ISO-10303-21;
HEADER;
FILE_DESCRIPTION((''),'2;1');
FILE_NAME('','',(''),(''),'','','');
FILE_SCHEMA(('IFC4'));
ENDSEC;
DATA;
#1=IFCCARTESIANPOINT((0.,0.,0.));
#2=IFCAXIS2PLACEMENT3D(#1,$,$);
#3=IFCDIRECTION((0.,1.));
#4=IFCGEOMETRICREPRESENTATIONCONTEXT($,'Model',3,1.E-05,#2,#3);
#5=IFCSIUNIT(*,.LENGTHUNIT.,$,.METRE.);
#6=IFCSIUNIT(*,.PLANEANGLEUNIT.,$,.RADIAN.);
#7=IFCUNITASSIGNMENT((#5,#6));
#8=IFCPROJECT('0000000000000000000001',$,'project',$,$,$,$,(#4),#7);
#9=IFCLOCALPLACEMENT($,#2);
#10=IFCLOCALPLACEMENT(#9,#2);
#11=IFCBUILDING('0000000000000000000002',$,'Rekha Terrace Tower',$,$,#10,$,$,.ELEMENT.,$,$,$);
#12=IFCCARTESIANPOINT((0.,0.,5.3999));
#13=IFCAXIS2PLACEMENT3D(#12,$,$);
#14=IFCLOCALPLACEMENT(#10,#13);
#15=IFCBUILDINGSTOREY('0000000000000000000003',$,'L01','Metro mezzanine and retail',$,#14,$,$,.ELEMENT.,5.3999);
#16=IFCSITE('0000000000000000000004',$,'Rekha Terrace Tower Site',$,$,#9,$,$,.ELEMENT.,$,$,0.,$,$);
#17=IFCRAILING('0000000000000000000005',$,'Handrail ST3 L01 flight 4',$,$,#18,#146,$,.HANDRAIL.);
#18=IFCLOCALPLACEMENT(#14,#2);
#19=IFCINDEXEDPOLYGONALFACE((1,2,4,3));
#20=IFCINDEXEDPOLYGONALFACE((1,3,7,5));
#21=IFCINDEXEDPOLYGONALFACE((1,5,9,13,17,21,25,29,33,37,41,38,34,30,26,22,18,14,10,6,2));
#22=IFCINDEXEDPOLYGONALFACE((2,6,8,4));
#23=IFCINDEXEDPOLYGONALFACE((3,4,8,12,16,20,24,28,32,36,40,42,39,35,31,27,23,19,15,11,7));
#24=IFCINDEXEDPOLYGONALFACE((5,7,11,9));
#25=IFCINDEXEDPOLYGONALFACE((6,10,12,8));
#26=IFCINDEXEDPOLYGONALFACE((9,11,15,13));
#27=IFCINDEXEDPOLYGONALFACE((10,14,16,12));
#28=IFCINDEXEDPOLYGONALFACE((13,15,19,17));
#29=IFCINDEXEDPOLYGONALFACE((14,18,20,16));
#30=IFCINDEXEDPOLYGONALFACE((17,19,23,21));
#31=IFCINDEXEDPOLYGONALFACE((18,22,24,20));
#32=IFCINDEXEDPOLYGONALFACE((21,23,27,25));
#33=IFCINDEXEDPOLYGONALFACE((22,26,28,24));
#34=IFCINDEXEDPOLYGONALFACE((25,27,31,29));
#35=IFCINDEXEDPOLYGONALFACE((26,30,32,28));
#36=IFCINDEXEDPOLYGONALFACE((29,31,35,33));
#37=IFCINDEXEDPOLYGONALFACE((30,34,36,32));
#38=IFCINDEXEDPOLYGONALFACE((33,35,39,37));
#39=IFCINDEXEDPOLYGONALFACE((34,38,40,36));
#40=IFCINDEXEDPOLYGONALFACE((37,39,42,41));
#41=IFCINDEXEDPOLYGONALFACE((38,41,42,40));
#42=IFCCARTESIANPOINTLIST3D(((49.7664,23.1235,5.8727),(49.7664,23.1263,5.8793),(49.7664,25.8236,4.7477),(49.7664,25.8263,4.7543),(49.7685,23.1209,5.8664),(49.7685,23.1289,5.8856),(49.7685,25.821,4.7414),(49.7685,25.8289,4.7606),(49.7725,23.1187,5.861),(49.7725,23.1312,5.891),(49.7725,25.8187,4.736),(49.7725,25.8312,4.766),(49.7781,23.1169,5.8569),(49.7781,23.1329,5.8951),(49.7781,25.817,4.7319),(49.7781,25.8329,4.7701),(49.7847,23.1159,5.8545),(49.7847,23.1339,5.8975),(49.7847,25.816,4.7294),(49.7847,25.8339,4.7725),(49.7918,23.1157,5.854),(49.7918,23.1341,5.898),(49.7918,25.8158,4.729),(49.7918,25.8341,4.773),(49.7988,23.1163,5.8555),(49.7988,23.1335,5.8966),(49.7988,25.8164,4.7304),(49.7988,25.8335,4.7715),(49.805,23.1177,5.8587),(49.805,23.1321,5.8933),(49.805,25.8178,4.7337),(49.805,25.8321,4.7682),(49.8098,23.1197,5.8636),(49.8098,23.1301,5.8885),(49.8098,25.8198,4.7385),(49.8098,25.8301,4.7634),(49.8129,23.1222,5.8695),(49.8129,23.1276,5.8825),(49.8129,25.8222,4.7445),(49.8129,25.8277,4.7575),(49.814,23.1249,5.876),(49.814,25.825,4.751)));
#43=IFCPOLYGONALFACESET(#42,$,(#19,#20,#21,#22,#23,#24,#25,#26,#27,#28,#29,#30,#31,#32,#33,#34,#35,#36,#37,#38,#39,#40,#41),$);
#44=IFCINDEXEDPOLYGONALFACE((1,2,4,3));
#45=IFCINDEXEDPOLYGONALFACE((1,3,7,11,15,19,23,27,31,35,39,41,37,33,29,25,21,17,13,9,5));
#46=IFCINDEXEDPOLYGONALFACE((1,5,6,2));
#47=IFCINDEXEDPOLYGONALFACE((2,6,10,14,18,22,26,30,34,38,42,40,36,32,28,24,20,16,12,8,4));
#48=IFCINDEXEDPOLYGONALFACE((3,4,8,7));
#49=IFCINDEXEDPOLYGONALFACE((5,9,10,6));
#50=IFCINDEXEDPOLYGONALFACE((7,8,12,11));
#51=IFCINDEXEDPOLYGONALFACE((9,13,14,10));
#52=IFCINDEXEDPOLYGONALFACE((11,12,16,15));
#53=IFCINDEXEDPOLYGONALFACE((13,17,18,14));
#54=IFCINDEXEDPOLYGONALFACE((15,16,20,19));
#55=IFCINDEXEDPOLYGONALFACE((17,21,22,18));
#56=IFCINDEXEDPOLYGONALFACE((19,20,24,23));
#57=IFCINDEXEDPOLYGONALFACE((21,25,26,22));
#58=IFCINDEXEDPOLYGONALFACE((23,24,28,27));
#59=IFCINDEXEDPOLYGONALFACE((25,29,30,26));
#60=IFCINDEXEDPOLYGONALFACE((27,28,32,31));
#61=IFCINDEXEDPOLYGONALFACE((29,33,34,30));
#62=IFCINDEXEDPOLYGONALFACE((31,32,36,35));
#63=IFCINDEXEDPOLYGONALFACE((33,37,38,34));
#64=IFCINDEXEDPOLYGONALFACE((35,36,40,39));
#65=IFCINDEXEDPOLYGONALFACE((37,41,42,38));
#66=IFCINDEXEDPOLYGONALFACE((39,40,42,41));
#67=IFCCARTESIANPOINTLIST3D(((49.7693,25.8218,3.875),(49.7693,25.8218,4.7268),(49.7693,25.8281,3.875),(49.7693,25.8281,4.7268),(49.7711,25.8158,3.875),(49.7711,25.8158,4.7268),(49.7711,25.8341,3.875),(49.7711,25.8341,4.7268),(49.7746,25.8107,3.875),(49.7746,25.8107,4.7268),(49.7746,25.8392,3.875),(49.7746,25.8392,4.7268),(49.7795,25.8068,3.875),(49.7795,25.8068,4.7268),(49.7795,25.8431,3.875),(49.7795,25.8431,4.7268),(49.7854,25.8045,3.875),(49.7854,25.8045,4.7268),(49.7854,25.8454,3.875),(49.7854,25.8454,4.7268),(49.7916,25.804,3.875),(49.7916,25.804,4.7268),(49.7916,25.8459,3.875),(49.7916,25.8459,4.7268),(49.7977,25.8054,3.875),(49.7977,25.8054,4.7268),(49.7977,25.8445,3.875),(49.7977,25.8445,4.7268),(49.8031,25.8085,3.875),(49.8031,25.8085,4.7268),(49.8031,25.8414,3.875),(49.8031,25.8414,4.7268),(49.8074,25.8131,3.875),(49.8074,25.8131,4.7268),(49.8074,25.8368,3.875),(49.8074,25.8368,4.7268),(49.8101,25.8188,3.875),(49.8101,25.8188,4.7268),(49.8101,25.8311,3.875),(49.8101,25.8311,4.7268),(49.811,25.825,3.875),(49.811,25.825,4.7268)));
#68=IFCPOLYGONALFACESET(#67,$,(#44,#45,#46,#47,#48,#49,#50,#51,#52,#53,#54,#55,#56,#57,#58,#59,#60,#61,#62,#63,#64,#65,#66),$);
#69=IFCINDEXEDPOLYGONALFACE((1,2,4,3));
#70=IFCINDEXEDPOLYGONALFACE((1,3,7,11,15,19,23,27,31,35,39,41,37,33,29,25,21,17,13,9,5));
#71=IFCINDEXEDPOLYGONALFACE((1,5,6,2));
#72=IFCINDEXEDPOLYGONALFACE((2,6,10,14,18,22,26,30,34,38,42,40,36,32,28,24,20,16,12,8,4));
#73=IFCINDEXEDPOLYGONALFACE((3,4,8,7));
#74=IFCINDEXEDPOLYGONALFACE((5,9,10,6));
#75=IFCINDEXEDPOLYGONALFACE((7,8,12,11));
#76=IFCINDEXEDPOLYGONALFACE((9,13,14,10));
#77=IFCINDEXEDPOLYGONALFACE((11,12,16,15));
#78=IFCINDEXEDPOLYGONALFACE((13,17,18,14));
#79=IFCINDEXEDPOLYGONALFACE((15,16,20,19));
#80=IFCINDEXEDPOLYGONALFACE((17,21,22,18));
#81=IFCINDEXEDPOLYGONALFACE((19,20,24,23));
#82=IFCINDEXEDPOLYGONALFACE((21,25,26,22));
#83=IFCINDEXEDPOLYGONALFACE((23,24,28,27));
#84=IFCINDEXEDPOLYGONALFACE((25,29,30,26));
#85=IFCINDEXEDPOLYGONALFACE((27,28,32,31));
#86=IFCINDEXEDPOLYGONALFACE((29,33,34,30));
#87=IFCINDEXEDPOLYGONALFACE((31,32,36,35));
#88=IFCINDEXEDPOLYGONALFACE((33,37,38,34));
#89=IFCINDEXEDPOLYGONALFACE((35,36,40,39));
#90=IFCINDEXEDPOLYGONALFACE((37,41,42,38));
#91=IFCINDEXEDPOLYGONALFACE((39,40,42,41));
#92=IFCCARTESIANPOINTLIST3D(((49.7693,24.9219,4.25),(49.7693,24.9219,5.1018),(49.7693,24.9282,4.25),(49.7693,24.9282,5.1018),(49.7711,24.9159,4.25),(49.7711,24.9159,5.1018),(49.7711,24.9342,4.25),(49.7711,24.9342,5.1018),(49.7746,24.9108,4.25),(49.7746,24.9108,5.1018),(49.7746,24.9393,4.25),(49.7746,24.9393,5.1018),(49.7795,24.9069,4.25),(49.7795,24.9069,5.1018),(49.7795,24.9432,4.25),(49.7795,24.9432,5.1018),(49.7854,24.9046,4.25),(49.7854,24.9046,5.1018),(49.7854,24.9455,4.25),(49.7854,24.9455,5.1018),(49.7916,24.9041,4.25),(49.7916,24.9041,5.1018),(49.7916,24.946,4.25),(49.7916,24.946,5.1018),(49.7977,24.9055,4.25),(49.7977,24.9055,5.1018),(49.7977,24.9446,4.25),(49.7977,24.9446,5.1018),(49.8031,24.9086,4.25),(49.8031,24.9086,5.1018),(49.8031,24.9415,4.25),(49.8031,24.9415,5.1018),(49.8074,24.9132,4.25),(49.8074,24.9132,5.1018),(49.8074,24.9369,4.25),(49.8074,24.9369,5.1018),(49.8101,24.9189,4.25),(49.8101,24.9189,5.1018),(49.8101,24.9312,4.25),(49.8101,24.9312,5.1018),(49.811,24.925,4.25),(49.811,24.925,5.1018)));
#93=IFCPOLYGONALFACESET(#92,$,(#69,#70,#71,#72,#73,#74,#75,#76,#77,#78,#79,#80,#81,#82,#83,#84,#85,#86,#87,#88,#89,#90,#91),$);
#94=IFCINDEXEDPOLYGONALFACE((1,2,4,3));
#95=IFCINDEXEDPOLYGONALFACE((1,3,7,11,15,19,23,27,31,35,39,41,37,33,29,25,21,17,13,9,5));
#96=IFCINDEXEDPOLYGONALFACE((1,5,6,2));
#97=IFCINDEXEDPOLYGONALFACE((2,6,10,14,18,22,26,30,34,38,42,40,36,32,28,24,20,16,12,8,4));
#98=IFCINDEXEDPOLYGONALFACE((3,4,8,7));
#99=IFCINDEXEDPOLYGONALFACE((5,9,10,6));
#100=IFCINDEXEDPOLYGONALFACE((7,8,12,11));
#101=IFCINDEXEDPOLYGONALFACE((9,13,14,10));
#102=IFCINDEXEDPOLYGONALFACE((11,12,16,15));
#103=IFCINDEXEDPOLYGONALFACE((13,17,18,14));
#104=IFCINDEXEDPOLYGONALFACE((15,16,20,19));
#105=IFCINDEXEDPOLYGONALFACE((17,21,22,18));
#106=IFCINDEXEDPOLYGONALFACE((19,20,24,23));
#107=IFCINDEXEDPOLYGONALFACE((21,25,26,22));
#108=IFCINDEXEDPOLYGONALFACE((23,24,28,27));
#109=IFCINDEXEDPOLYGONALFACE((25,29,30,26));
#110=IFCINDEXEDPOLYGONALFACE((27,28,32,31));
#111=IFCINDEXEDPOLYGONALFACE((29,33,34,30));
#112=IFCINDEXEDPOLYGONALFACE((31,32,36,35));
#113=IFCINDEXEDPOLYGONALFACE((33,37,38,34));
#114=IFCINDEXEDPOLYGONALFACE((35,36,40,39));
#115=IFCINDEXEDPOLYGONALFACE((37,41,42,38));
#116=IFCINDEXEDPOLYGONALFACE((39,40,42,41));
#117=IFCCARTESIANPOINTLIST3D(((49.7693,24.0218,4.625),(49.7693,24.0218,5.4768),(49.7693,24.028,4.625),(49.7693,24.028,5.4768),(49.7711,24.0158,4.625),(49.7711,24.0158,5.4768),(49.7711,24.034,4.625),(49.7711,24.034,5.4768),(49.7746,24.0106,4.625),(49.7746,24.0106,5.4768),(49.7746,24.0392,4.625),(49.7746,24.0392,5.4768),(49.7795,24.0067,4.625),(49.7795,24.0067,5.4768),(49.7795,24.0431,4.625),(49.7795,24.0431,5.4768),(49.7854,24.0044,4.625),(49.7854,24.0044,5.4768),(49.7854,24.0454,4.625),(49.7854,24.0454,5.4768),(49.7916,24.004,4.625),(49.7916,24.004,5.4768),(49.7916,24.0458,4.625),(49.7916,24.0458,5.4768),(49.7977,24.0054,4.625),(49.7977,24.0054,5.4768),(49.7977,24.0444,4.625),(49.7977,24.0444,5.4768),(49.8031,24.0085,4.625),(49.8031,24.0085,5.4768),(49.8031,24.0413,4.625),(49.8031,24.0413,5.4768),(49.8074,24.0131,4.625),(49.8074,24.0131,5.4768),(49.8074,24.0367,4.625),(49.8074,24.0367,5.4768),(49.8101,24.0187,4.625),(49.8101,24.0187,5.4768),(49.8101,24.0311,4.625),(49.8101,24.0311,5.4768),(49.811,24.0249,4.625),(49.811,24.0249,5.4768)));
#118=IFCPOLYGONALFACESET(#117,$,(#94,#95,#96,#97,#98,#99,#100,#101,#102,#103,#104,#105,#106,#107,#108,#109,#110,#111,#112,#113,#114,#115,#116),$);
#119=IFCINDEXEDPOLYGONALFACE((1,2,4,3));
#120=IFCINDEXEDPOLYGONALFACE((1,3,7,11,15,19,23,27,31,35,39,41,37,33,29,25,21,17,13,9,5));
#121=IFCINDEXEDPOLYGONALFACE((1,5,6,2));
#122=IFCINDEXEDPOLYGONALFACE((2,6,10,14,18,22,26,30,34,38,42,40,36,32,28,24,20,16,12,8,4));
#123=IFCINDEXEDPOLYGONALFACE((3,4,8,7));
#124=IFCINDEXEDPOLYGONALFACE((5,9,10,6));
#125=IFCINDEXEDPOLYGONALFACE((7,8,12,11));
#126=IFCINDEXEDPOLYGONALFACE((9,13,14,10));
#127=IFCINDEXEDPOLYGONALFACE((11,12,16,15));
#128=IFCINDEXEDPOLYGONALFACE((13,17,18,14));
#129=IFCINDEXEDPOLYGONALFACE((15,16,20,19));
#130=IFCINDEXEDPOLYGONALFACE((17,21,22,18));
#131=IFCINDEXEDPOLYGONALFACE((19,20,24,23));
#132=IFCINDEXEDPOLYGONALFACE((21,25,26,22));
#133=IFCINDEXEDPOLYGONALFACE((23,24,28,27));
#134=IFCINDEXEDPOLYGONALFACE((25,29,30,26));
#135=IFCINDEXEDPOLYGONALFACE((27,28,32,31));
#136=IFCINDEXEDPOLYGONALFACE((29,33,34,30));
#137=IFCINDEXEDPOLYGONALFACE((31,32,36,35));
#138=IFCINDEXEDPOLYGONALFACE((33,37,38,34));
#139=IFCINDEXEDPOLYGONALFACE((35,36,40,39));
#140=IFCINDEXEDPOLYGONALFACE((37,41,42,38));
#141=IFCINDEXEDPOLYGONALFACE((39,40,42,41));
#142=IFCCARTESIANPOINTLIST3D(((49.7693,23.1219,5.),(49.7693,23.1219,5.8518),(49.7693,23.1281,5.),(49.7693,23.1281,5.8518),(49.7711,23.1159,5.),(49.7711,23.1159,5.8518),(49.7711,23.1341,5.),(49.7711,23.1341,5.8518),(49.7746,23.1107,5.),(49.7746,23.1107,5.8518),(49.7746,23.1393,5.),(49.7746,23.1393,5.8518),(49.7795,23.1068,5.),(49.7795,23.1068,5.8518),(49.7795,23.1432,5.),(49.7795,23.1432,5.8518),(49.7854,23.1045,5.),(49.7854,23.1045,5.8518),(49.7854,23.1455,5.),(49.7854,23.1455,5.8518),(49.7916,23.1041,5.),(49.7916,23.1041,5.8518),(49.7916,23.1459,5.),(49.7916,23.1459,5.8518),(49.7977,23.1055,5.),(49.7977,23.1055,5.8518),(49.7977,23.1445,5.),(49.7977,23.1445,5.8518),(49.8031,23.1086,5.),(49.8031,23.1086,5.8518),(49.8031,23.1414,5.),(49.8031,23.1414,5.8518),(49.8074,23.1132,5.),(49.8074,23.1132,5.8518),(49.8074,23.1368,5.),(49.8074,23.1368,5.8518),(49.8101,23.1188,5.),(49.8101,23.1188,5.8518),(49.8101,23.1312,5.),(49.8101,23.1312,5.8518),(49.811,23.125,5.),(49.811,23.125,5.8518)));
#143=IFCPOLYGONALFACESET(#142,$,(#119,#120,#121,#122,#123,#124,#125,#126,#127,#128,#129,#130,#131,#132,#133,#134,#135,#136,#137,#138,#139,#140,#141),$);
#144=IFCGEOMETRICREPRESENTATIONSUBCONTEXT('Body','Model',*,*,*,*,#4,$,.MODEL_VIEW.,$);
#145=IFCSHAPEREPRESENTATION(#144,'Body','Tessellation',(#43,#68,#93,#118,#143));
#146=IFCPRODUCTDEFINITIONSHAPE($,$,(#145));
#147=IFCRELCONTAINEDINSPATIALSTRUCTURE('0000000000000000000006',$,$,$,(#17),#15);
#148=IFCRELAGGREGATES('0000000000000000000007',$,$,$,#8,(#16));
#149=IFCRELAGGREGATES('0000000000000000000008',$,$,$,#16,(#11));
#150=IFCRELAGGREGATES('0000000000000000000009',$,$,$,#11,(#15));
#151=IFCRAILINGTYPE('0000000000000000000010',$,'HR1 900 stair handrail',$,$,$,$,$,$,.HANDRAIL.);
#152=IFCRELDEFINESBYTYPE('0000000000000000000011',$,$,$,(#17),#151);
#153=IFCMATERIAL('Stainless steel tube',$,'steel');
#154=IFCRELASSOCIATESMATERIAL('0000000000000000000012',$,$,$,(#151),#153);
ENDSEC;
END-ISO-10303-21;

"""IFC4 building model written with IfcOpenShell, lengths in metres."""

from ifc_helpers import new_model, si_unit, direction, frame, origin, origin_2d, place, context, subcontext, project, spatial, circle, extrude, material, type_object, element, save


model = new_model("IFC4")

# Units and contexts
model_context = context("Model", 3, precision=1e-05, world=origin(), true_north=direction((0.0, 1.0)))
body_context = subcontext(model_context, "Body", "Model", "MODEL_VIEW")
ifc_project = project(units=[si_unit("LENGTHUNIT", "METRE"), si_unit("PLANEANGLEUNIT", "RADIAN")], contexts=[model_context])

# Site, building, storey
site_placement = place(None, origin())
site = spatial("IfcSite", under=ifc_project, at=site_placement, Name="Rekha Terrace Tower Site", CompositionType="ELEMENT", RefElevation=0.0)
building_placement = place(site_placement, origin())
building = spatial("IfcBuilding", under=site, at=building_placement, Name="Rekha Terrace Tower", CompositionType="ELEMENT")
storey_placement = place(building_placement, frame((0.0, 0.0, 5.3999)))
storey = spatial("IfcBuildingStorey", under=building, at=storey_placement, Name="L01", Description="Metro mezzanine and retail", CompositionType="ELEMENT", Elevation=5.3999)

# Railing
ifc_material_1 = material(Name="Stainless steel tube", Category="steel")
railing_type_1 = type_object("IfcRailingType", Name="HR1 900 stair handrail", PredefinedType="HANDRAIL", material=ifc_material_1)
railing_1_placement = place(storey_placement, frame((49.79, 25.825, 3.875)))
element("IfcRailing", 1, at=railing_1_placement, inside=storey, type_object=railing_type_1, Name="Handrail ST3 L01 flight 4", PredefinedType="HANDRAIL", context=body_context, shape_type="SweptSolid", body=[
    extrude(circle(Radius=0.0239, at=origin_2d()), frame((0.0, 0.0, 0.876), z_axis=(0.0, -0.923074, 0.384621), x_axis=(1.0, 0.0, 0.0)), (0.0, 0.0, 1.0), 2.925),
    extrude(circle(Radius=0.021, at=origin_2d()), origin(), (0.0, 0.0, 1.0), 0.8518),
    extrude(circle(Radius=0.021, at=origin_2d()), frame((0.0, -0.8999, 0.375)), (0.0, 0.0, 1.0), 0.8518),
    extrude(circle(Radius=0.021, at=origin_2d()), frame((0.0, -1.8, 0.75)), (0.0, 0.0, 1.0), 0.8518),
    extrude(circle(Radius=0.021, at=origin_2d()), frame((0.0, -2.7, 1.125)), (0.0, 0.0, 1.0), 0.8518),
])

save(model, "model.ifc")
